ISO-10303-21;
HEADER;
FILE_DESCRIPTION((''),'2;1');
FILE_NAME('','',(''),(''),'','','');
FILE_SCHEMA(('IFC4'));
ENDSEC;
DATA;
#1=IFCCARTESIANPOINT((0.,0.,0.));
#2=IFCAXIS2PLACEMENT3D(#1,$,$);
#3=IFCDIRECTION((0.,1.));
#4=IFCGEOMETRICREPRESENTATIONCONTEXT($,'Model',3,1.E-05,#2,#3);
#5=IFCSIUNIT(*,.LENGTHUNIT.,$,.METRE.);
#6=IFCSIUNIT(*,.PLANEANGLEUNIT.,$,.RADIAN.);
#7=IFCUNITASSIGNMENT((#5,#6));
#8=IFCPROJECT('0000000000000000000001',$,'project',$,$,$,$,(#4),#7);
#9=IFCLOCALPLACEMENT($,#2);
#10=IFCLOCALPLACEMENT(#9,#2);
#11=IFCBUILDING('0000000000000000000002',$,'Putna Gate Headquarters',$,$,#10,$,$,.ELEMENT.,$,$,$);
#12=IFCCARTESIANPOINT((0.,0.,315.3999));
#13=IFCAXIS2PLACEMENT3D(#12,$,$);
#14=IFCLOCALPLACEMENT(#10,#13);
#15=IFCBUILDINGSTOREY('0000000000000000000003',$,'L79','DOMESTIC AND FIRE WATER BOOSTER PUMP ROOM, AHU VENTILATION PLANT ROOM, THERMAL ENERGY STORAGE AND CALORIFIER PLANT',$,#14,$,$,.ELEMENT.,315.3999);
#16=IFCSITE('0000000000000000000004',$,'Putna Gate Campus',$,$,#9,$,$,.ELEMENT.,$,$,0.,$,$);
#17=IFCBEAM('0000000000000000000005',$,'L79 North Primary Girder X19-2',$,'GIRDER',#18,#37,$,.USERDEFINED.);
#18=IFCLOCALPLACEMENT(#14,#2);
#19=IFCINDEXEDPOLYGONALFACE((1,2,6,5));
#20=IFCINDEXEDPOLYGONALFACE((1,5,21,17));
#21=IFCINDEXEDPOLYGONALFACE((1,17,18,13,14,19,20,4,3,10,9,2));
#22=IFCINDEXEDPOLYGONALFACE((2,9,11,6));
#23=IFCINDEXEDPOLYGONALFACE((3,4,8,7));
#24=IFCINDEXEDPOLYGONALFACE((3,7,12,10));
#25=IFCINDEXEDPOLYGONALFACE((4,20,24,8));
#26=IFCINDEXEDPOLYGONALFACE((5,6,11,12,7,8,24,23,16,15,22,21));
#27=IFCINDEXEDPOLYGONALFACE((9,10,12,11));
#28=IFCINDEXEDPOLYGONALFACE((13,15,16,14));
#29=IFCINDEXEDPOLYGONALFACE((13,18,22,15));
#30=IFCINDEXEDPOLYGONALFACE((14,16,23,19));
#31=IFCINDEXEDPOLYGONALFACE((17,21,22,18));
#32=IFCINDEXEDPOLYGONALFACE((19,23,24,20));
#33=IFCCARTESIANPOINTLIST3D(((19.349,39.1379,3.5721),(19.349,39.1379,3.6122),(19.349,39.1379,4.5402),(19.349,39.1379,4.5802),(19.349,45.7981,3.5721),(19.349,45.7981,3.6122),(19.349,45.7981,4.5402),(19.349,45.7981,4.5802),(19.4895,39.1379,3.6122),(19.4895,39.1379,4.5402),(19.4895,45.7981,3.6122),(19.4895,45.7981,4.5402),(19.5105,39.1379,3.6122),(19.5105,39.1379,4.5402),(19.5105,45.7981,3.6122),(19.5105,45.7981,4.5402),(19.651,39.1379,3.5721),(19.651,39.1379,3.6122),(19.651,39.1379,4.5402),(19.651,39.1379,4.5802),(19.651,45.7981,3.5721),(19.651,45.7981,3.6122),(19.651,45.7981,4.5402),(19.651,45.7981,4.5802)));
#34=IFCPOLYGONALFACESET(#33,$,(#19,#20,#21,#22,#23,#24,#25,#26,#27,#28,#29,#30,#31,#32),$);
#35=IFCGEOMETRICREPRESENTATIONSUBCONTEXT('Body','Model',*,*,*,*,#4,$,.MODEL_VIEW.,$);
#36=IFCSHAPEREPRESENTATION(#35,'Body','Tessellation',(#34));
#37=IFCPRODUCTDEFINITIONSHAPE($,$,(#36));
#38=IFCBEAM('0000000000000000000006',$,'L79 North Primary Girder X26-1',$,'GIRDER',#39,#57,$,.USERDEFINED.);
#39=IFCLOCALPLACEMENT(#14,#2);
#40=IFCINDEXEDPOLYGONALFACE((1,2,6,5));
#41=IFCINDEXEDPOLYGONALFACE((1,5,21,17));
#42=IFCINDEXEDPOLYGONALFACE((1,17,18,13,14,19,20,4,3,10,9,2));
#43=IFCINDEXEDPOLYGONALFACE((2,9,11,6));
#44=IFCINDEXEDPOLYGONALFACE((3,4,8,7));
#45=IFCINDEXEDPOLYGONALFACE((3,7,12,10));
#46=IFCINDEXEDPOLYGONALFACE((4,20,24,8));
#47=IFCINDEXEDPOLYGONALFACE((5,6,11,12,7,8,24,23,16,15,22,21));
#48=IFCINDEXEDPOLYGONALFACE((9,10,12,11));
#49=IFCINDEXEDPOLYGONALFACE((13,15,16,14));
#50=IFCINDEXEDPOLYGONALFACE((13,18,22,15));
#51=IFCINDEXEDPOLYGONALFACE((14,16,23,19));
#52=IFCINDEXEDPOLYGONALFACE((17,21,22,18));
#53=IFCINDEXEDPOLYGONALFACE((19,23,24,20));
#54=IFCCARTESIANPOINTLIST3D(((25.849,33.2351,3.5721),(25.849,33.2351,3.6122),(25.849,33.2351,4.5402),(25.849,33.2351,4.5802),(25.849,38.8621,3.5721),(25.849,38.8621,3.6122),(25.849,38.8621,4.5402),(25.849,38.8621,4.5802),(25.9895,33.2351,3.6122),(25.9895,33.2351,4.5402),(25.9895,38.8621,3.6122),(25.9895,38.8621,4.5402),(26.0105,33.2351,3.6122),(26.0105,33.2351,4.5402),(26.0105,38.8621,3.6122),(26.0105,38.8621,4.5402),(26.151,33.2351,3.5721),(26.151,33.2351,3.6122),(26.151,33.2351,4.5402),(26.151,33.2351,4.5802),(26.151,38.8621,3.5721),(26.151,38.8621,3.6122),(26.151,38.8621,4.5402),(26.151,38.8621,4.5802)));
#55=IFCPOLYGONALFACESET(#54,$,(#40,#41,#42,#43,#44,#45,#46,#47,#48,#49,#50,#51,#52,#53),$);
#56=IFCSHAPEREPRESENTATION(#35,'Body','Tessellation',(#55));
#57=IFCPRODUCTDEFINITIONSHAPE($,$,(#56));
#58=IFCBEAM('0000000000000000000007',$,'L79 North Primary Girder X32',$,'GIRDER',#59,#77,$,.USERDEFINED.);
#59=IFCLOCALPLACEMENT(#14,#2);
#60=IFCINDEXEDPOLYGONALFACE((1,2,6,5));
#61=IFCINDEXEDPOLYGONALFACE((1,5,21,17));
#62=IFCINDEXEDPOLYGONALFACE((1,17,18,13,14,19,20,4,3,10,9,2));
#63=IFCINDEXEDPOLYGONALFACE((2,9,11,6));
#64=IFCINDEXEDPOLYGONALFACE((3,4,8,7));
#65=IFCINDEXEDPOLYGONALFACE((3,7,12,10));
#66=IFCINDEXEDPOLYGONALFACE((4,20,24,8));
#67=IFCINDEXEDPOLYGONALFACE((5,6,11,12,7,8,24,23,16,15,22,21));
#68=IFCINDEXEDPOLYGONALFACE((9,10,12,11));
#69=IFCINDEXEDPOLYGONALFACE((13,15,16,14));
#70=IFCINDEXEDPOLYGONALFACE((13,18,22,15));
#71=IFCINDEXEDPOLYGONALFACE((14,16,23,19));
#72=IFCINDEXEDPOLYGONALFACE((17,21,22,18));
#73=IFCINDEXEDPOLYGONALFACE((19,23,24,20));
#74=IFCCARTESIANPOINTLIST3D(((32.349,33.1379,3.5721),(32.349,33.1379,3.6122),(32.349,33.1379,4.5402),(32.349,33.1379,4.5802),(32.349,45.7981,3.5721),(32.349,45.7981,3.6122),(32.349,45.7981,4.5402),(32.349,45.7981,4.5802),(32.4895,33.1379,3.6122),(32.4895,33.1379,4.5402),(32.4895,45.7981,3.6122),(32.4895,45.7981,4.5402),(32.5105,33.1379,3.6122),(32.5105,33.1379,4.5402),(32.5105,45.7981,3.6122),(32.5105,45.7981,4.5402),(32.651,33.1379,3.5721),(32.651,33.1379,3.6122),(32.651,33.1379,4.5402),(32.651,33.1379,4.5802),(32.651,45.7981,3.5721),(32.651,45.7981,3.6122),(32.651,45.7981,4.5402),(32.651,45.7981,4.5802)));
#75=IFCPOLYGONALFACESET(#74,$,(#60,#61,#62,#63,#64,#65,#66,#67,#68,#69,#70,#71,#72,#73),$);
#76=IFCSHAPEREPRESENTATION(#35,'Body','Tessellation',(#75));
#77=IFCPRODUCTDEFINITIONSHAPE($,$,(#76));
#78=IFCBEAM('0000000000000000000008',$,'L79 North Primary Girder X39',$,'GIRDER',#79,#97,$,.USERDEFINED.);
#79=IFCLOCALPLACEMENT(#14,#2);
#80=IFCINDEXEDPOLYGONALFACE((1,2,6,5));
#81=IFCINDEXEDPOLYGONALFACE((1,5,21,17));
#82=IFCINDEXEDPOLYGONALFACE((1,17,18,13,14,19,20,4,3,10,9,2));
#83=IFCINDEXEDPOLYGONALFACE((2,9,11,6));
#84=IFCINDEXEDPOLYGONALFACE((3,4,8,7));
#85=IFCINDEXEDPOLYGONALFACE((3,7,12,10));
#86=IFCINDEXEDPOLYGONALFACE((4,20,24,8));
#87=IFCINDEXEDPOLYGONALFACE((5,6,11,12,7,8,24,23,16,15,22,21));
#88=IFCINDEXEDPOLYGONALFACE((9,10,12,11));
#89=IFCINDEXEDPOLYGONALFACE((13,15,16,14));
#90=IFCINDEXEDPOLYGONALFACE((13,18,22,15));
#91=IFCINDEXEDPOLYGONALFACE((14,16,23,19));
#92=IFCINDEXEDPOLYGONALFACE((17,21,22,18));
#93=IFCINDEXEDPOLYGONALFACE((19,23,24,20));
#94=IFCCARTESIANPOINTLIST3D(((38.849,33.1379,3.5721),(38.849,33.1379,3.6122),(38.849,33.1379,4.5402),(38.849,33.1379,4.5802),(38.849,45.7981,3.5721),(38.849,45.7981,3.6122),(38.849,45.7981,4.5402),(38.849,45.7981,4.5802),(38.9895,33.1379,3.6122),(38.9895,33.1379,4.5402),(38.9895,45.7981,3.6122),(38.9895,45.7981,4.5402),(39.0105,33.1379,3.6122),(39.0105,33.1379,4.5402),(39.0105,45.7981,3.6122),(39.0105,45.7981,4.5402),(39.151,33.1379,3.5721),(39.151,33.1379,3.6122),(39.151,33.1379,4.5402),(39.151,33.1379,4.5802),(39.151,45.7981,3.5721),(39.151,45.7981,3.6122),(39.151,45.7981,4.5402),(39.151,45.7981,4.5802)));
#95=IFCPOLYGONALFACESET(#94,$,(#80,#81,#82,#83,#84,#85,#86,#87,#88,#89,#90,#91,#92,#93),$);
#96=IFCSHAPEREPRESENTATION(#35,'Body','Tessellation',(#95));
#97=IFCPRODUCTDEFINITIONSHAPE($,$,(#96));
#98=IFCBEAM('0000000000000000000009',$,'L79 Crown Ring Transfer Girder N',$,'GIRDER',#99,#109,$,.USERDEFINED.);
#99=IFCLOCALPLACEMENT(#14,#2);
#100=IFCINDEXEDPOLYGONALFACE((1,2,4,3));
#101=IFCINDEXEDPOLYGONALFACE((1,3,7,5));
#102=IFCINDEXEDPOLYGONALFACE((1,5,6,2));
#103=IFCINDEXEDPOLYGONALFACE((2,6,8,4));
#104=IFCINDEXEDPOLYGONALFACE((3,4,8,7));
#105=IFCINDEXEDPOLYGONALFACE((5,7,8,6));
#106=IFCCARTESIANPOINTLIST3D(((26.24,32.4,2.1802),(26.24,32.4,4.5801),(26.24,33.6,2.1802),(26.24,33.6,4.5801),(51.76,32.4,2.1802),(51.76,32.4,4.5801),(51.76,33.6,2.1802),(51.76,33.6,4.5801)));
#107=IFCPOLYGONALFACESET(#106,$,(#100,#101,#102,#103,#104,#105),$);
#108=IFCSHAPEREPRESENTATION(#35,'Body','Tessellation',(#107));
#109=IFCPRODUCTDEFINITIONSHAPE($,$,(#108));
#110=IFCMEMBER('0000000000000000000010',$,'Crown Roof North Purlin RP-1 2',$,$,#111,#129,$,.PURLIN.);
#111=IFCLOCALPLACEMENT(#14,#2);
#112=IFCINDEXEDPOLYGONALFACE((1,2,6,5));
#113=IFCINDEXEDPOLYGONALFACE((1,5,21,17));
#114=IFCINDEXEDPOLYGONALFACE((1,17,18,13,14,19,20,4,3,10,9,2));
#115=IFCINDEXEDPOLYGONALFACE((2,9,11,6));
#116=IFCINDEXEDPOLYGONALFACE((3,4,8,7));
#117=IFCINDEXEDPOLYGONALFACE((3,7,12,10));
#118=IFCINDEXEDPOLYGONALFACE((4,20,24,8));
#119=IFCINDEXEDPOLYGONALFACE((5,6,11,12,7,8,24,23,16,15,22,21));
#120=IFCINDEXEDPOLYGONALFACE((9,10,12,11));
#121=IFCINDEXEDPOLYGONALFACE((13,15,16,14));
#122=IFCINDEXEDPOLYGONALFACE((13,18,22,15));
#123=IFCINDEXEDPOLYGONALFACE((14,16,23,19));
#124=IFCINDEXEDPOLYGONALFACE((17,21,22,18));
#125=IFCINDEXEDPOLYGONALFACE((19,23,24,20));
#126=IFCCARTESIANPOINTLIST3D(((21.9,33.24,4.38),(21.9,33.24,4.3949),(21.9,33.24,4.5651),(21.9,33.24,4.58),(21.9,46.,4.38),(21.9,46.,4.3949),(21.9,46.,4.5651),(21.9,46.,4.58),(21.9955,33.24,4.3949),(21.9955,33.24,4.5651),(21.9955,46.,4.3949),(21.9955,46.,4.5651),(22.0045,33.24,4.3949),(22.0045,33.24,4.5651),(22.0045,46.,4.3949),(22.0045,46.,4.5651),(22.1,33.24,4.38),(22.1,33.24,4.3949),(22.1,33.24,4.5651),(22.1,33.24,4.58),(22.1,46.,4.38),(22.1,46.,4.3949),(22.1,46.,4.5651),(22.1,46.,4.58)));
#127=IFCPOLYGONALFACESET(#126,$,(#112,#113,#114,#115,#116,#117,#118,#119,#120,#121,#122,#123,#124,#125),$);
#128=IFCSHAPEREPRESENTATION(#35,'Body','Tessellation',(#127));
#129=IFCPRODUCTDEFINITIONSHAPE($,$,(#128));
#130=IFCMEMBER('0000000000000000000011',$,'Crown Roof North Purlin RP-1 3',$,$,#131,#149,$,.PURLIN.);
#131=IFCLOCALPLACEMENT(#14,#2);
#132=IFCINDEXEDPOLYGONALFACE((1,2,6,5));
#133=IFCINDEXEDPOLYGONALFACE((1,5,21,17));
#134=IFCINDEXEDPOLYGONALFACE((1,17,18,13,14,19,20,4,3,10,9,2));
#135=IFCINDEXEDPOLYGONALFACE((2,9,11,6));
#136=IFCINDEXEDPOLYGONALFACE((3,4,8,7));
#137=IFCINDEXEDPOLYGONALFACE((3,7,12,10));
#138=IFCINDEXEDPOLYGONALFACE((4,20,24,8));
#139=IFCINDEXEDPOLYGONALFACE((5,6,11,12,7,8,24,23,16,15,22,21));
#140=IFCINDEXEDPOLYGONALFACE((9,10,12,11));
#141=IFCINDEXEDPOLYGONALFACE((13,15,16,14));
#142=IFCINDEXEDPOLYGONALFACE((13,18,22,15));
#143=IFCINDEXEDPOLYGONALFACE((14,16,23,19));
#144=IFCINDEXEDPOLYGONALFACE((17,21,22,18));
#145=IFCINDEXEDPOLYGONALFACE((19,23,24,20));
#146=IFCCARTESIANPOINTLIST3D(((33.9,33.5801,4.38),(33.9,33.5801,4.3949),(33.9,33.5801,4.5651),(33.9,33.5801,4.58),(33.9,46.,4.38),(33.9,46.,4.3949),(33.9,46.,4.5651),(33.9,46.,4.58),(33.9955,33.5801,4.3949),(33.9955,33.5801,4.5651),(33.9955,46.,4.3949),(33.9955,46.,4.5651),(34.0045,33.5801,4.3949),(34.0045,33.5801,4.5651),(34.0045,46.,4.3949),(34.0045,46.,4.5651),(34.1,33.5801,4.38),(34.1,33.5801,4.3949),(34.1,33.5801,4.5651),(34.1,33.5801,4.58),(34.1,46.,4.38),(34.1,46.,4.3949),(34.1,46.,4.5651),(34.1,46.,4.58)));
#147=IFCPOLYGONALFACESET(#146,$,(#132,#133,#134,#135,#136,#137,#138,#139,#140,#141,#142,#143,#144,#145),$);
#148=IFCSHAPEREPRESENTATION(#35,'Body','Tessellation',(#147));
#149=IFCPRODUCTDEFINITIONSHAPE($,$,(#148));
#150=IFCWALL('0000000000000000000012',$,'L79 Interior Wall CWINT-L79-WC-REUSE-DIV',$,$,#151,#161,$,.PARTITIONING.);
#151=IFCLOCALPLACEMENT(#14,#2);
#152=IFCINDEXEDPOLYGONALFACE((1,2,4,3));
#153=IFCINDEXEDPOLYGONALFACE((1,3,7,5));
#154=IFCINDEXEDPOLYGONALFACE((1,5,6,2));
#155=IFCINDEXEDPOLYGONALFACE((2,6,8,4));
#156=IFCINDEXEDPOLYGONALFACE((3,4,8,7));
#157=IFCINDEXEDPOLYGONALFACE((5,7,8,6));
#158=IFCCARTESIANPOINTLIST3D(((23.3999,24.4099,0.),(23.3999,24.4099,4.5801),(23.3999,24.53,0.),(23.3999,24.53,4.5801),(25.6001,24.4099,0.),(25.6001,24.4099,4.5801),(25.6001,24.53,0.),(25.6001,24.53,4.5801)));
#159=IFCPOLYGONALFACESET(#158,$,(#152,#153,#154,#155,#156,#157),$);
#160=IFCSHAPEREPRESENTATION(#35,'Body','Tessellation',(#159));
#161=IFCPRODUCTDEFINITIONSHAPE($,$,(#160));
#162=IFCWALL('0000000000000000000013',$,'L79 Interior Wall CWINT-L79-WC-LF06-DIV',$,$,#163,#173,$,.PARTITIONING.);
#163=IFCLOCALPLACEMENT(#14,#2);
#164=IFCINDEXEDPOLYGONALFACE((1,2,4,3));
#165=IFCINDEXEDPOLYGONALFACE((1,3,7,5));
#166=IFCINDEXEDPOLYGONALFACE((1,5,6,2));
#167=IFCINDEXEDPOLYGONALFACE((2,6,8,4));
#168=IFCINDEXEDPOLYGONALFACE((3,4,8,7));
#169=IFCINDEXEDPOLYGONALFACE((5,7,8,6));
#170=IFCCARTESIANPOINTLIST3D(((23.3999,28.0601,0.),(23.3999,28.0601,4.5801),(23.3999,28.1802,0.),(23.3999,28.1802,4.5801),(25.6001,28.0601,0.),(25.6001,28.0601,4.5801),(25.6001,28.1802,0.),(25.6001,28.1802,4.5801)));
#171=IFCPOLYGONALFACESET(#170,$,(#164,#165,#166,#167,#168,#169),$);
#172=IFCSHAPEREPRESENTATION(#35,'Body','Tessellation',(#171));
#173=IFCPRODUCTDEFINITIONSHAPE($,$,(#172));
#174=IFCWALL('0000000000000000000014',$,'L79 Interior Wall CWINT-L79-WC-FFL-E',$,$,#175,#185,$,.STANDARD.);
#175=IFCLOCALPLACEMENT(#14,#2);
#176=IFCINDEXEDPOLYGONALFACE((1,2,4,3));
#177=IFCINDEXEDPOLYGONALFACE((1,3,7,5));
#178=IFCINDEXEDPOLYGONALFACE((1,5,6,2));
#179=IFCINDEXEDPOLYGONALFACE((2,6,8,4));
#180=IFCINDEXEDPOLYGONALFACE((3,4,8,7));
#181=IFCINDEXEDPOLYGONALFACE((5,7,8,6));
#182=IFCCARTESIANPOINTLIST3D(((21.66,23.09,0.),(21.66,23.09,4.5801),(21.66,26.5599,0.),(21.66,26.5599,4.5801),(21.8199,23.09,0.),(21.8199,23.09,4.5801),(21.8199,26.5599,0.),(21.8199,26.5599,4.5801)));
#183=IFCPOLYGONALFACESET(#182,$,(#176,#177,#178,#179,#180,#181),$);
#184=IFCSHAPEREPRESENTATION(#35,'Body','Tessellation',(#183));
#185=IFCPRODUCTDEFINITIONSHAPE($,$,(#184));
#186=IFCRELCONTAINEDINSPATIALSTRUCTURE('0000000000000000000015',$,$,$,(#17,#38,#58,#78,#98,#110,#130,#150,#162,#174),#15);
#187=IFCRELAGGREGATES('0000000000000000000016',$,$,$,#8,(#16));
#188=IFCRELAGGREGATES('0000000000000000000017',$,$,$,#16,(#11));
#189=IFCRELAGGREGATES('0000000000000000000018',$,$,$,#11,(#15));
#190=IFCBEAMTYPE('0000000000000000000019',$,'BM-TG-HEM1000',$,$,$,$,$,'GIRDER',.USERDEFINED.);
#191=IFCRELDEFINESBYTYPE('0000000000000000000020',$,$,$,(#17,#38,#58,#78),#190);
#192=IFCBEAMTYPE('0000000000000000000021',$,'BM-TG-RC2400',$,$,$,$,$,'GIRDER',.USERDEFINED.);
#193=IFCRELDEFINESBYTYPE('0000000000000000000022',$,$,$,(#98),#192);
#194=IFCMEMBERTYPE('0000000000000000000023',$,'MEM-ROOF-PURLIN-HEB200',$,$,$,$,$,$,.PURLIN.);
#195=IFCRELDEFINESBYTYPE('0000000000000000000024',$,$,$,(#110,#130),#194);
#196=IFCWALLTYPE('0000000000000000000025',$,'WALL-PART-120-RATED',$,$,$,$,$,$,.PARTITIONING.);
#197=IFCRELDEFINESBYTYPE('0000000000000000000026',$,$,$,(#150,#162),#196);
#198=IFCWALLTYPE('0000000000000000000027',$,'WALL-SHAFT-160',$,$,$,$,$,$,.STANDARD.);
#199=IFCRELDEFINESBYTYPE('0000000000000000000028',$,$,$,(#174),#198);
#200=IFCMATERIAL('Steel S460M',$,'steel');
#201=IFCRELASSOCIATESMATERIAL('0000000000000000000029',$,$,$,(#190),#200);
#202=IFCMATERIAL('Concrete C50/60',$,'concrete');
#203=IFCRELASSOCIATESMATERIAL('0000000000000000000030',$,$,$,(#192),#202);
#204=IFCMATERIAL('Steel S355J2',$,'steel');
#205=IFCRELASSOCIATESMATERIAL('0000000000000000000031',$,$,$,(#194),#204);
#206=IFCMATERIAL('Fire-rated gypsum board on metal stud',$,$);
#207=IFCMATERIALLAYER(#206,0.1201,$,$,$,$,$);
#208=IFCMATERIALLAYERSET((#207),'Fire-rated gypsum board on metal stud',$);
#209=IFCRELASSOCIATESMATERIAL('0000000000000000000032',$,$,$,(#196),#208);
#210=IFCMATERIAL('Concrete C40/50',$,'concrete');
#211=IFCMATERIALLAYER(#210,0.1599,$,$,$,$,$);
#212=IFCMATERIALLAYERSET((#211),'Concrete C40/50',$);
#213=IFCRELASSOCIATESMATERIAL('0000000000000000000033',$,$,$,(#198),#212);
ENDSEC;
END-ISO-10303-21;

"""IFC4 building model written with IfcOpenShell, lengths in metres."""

from ifc_helpers import new_model, si_unit, direction, frame, frame_2d, origin, origin_2d, place, context, subcontext, project, spatial, rectangle, i_section, extrude, material, layer, layer_set, material_profile, profile_set, type_object, element, save


model = new_model("IFC4")

# Units and contexts
model_context = context("Model", 3, precision=1e-05, world=origin(), true_north=direction((0.0, 1.0)))
body_context = subcontext(model_context, "Body", "Model", "MODEL_VIEW")
ifc_project = project(units=[si_unit("LENGTHUNIT", "METRE"), si_unit("PLANEANGLEUNIT", "RADIAN")], contexts=[model_context])

# Site, building, storey
site_placement = place(None, origin())
site = spatial("IfcSite", under=ifc_project, at=site_placement, Name="Putna Gate Campus", CompositionType="ELEMENT", RefElevation=0.0)
building_placement = place(site_placement, origin())
building = spatial("IfcBuilding", under=site, at=building_placement, Name="Putna Gate Headquarters", CompositionType="ELEMENT")
storey_placement = place(building_placement, frame((0.0, 0.0, 315.3999)))
storey = spatial("IfcBuildingStorey", under=building, at=storey_placement, Name="L79", Description="DOMESTIC AND FIRE WATER BOOSTER PUMP ROOM, AHU VENTILATION PLANT ROOM, THERMAL ENERGY STORAGE AND CALORIFIER PLANT", CompositionType="ELEMENT", Elevation=315.3999)

# Shared definitions
ifc_material_1 = material(Name="Steel S460M", Category="steel")

# Beams
ifc_material_2 = material(Name="Steel S355J2", Category="steel")
ifc_material_profile_1 = material_profile(ifc_material_1, i_section(OverallWidth=0.302, OverallDepth=1.0081, WebThickness=0.021, FlangeThickness=0.04, at=origin_2d()), Name="Steel S460M")
ifc_profile_set_1 = profile_set([ifc_material_profile_1], Name="Steel S460M")
beam_type_1 = type_object("IfcBeamType", Name="BM-TG-HEM1000", ElementType="GIRDER", PredefinedType="USERDEFINED", material=ifc_profile_set_1)
beam_1_placement = place(storey_placement, frame((19.5, 39.1379, 4.0762), z_axis=(0.0, 1.0, 0.0), x_axis=(-1.0, 0.0, 0.0)))
element("IfcBeam", 1, at=beam_1_placement, inside=storey, type_object=beam_type_1, Name="L79 North Primary Girder X19-2", ObjectType="GIRDER", PredefinedType="USERDEFINED", context=body_context, shape_type="SweptSolid", body=[
    extrude(i_section(OverallWidth=0.302, OverallDepth=1.0081, WebThickness=0.021, FlangeThickness=0.04, at=origin_2d()), origin(), (0.0, 0.0, 1.0), 6.6602),
])
beam_2_placement = place(storey_placement, frame((26.0, 33.2351, 4.0762), z_axis=(0.0, 1.0, 0.0), x_axis=(-1.0, 0.0, 0.0)))
element("IfcBeam", 2, at=beam_2_placement, inside=storey, type_object=beam_type_1, Name="L79 North Primary Girder X26-1", ObjectType="GIRDER", PredefinedType="USERDEFINED", context=body_context, shape_type="SweptSolid", body=[
    extrude(i_section(OverallWidth=0.302, OverallDepth=1.0081, WebThickness=0.021, FlangeThickness=0.04, at=origin_2d()), origin(), (0.0, 0.0, 1.0), 5.627),
])
for number, where, z_axis, x_axis, name in (
    (3, (32.5, 33.1379, 4.0762), (0.0, 1.0, 0.0), (-1.0, 0.0, 0.0), "L79 North Primary Girder X32"),
    (4, (39.0, 33.1379, 4.0762), (0.0, 1.0, 0.0), (-1.0, 0.0, 0.0), "L79 North Primary Girder X39"),
):
    element("IfcBeam", number, at=place(storey_placement, frame(where, z_axis=z_axis, x_axis=x_axis)), inside=storey, type_object=beam_type_1, Name=name, ObjectType="GIRDER", PredefinedType="USERDEFINED", context=body_context, shape_type="SweptSolid", body=[
        extrude(i_section(OverallWidth=0.302, OverallDepth=1.0081, WebThickness=0.021, FlangeThickness=0.04, at=origin_2d()), origin(), (0.0, 0.0, 1.0), 12.6602),
    ])
ifc_material_3 = material(Name="Concrete C50/60", Category="concrete")
ifc_material_profile_2 = material_profile(ifc_material_3, rectangle(XDim=1.2, YDim=2.3999, at=origin_2d()), Name="Concrete C50/60")
ifc_profile_set_2 = profile_set([ifc_material_profile_2], Name="Concrete C50/60")
beam_type_2 = type_object("IfcBeamType", Name="BM-TG-RC2400", ElementType="GIRDER", PredefinedType="USERDEFINED", material=ifc_profile_set_2)
beam_3_placement = place(storey_placement, frame((26.24, 33.0, 3.3801), z_axis=(1.0, 0.0, 0.0), x_axis=(0.0, 1.0, 0.0)))
element("IfcBeam", 5, at=beam_3_placement, inside=storey, type_object=beam_type_2, Name="L79 Crown Ring Transfer Girder N", ObjectType="GIRDER", PredefinedType="USERDEFINED", context=body_context, shape_type="SweptSolid", body=[
    extrude(rectangle(XDim=1.2, YDim=2.3999, at=origin_2d()), origin(), (0.0, 0.0, 1.0), 25.52),
])

# Members
ifc_material_profile_3 = material_profile(ifc_material_2, i_section(OverallWidth=0.2, OverallDepth=0.2, WebThickness=0.009, FlangeThickness=0.0149, at=origin_2d()), Name="Steel S355J2")
ifc_profile_set_3 = profile_set([ifc_material_profile_3], Name="Steel S355J2")
member_type = type_object("IfcMemberType", Name="MEM-ROOF-PURLIN-HEB200", PredefinedType="PURLIN", material=ifc_profile_set_3)
member_1_placement = place(storey_placement, frame((22.0, 33.24, 4.48), z_axis=(0.0, 1.0, 0.0), x_axis=(-1.0, 0.0, 0.0)))
element("IfcMember", 6, at=member_1_placement, inside=storey, type_object=member_type, Name="Crown Roof North Purlin RP-1 2", PredefinedType="PURLIN", context=body_context, shape_type="SweptSolid", body=[
    extrude(i_section(OverallWidth=0.2, OverallDepth=0.2, WebThickness=0.009, FlangeThickness=0.0149, at=origin_2d()), origin(), (0.0, 0.0, 1.0), 12.76),
])
member_2_placement = place(storey_placement, frame((34.0, 33.5801, 4.48), z_axis=(0.0, 1.0, 0.0), x_axis=(-1.0, 0.0, 0.0)))
element("IfcMember", 7, at=member_2_placement, inside=storey, type_object=member_type, Name="Crown Roof North Purlin RP-1 3", PredefinedType="PURLIN", context=body_context, shape_type="SweptSolid", body=[
    extrude(i_section(OverallWidth=0.2, OverallDepth=0.2, WebThickness=0.009, FlangeThickness=0.0149, at=origin_2d()), origin(), (0.0, 0.0, 1.0), 12.4199),
])

# Walls
ifc_material_4 = material(Name="Fire-rated gypsum board on metal stud")
ifc_layer_1 = layer(ifc_material_4, 0.1201)
ifc_layer_set_1 = layer_set([ifc_layer_1], Name="Fire-rated gypsum board on metal stud")
wall_type_1 = type_object("IfcWallType", Name="WALL-PART-120-RATED", PredefinedType="PARTITIONING", material=ifc_layer_set_1)
for number, where, z_axis, x_axis, name in (
    (8, (23.3999, 24.47, 0.0), (0.0, 0.0, 1.0), (1.0, 0.0, 0.0), "L79 Interior Wall CWINT-L79-WC-REUSE-DIV"),
    (9, (23.3999, 28.1201, 0.0), (0.0, 0.0, 1.0), (1.0, 0.0, 0.0), "L79 Interior Wall CWINT-L79-WC-LF06-DIV"),
):
    element("IfcWall", number, at=place(storey_placement, frame(where, z_axis=z_axis, x_axis=x_axis)), inside=storey, type_object=wall_type_1, Name=name, PredefinedType="PARTITIONING", context=body_context, shape_type="SweptSolid", body=[
        extrude(rectangle(XDim=2.2002, YDim=0.1201, at=frame_2d((1.1001, 0.0))), origin(), (0.0, 0.0, 1.0), 4.5801),
    ])
ifc_material_5 = material(Name="Concrete C40/50", Category="concrete")
ifc_layer_2 = layer(ifc_material_5, 0.1599)
ifc_layer_set_2 = layer_set([ifc_layer_2], Name="Concrete C40/50")
wall_type_2 = type_object("IfcWallType", Name="WALL-SHAFT-160", PredefinedType="STANDARD", material=ifc_layer_set_2)
wall_1_placement = place(storey_placement, frame((21.74, 23.0901, 0.0), z_axis=(0.0, 0.0, 1.0), x_axis=(0.0, 1.0, 0.0)))
element("IfcWall", 10, at=wall_1_placement, inside=storey, type_object=wall_type_2, Name="L79 Interior Wall CWINT-L79-WC-FFL-E", PredefinedType="STANDARD", context=body_context, shape_type="SweptSolid", body=[
    extrude(rectangle(XDim=3.47, YDim=0.1599, at=frame_2d((1.7349, 0.0))), origin(), (0.0, 0.0, 1.0), 4.5801),
])

save(model, "model.ifc")
